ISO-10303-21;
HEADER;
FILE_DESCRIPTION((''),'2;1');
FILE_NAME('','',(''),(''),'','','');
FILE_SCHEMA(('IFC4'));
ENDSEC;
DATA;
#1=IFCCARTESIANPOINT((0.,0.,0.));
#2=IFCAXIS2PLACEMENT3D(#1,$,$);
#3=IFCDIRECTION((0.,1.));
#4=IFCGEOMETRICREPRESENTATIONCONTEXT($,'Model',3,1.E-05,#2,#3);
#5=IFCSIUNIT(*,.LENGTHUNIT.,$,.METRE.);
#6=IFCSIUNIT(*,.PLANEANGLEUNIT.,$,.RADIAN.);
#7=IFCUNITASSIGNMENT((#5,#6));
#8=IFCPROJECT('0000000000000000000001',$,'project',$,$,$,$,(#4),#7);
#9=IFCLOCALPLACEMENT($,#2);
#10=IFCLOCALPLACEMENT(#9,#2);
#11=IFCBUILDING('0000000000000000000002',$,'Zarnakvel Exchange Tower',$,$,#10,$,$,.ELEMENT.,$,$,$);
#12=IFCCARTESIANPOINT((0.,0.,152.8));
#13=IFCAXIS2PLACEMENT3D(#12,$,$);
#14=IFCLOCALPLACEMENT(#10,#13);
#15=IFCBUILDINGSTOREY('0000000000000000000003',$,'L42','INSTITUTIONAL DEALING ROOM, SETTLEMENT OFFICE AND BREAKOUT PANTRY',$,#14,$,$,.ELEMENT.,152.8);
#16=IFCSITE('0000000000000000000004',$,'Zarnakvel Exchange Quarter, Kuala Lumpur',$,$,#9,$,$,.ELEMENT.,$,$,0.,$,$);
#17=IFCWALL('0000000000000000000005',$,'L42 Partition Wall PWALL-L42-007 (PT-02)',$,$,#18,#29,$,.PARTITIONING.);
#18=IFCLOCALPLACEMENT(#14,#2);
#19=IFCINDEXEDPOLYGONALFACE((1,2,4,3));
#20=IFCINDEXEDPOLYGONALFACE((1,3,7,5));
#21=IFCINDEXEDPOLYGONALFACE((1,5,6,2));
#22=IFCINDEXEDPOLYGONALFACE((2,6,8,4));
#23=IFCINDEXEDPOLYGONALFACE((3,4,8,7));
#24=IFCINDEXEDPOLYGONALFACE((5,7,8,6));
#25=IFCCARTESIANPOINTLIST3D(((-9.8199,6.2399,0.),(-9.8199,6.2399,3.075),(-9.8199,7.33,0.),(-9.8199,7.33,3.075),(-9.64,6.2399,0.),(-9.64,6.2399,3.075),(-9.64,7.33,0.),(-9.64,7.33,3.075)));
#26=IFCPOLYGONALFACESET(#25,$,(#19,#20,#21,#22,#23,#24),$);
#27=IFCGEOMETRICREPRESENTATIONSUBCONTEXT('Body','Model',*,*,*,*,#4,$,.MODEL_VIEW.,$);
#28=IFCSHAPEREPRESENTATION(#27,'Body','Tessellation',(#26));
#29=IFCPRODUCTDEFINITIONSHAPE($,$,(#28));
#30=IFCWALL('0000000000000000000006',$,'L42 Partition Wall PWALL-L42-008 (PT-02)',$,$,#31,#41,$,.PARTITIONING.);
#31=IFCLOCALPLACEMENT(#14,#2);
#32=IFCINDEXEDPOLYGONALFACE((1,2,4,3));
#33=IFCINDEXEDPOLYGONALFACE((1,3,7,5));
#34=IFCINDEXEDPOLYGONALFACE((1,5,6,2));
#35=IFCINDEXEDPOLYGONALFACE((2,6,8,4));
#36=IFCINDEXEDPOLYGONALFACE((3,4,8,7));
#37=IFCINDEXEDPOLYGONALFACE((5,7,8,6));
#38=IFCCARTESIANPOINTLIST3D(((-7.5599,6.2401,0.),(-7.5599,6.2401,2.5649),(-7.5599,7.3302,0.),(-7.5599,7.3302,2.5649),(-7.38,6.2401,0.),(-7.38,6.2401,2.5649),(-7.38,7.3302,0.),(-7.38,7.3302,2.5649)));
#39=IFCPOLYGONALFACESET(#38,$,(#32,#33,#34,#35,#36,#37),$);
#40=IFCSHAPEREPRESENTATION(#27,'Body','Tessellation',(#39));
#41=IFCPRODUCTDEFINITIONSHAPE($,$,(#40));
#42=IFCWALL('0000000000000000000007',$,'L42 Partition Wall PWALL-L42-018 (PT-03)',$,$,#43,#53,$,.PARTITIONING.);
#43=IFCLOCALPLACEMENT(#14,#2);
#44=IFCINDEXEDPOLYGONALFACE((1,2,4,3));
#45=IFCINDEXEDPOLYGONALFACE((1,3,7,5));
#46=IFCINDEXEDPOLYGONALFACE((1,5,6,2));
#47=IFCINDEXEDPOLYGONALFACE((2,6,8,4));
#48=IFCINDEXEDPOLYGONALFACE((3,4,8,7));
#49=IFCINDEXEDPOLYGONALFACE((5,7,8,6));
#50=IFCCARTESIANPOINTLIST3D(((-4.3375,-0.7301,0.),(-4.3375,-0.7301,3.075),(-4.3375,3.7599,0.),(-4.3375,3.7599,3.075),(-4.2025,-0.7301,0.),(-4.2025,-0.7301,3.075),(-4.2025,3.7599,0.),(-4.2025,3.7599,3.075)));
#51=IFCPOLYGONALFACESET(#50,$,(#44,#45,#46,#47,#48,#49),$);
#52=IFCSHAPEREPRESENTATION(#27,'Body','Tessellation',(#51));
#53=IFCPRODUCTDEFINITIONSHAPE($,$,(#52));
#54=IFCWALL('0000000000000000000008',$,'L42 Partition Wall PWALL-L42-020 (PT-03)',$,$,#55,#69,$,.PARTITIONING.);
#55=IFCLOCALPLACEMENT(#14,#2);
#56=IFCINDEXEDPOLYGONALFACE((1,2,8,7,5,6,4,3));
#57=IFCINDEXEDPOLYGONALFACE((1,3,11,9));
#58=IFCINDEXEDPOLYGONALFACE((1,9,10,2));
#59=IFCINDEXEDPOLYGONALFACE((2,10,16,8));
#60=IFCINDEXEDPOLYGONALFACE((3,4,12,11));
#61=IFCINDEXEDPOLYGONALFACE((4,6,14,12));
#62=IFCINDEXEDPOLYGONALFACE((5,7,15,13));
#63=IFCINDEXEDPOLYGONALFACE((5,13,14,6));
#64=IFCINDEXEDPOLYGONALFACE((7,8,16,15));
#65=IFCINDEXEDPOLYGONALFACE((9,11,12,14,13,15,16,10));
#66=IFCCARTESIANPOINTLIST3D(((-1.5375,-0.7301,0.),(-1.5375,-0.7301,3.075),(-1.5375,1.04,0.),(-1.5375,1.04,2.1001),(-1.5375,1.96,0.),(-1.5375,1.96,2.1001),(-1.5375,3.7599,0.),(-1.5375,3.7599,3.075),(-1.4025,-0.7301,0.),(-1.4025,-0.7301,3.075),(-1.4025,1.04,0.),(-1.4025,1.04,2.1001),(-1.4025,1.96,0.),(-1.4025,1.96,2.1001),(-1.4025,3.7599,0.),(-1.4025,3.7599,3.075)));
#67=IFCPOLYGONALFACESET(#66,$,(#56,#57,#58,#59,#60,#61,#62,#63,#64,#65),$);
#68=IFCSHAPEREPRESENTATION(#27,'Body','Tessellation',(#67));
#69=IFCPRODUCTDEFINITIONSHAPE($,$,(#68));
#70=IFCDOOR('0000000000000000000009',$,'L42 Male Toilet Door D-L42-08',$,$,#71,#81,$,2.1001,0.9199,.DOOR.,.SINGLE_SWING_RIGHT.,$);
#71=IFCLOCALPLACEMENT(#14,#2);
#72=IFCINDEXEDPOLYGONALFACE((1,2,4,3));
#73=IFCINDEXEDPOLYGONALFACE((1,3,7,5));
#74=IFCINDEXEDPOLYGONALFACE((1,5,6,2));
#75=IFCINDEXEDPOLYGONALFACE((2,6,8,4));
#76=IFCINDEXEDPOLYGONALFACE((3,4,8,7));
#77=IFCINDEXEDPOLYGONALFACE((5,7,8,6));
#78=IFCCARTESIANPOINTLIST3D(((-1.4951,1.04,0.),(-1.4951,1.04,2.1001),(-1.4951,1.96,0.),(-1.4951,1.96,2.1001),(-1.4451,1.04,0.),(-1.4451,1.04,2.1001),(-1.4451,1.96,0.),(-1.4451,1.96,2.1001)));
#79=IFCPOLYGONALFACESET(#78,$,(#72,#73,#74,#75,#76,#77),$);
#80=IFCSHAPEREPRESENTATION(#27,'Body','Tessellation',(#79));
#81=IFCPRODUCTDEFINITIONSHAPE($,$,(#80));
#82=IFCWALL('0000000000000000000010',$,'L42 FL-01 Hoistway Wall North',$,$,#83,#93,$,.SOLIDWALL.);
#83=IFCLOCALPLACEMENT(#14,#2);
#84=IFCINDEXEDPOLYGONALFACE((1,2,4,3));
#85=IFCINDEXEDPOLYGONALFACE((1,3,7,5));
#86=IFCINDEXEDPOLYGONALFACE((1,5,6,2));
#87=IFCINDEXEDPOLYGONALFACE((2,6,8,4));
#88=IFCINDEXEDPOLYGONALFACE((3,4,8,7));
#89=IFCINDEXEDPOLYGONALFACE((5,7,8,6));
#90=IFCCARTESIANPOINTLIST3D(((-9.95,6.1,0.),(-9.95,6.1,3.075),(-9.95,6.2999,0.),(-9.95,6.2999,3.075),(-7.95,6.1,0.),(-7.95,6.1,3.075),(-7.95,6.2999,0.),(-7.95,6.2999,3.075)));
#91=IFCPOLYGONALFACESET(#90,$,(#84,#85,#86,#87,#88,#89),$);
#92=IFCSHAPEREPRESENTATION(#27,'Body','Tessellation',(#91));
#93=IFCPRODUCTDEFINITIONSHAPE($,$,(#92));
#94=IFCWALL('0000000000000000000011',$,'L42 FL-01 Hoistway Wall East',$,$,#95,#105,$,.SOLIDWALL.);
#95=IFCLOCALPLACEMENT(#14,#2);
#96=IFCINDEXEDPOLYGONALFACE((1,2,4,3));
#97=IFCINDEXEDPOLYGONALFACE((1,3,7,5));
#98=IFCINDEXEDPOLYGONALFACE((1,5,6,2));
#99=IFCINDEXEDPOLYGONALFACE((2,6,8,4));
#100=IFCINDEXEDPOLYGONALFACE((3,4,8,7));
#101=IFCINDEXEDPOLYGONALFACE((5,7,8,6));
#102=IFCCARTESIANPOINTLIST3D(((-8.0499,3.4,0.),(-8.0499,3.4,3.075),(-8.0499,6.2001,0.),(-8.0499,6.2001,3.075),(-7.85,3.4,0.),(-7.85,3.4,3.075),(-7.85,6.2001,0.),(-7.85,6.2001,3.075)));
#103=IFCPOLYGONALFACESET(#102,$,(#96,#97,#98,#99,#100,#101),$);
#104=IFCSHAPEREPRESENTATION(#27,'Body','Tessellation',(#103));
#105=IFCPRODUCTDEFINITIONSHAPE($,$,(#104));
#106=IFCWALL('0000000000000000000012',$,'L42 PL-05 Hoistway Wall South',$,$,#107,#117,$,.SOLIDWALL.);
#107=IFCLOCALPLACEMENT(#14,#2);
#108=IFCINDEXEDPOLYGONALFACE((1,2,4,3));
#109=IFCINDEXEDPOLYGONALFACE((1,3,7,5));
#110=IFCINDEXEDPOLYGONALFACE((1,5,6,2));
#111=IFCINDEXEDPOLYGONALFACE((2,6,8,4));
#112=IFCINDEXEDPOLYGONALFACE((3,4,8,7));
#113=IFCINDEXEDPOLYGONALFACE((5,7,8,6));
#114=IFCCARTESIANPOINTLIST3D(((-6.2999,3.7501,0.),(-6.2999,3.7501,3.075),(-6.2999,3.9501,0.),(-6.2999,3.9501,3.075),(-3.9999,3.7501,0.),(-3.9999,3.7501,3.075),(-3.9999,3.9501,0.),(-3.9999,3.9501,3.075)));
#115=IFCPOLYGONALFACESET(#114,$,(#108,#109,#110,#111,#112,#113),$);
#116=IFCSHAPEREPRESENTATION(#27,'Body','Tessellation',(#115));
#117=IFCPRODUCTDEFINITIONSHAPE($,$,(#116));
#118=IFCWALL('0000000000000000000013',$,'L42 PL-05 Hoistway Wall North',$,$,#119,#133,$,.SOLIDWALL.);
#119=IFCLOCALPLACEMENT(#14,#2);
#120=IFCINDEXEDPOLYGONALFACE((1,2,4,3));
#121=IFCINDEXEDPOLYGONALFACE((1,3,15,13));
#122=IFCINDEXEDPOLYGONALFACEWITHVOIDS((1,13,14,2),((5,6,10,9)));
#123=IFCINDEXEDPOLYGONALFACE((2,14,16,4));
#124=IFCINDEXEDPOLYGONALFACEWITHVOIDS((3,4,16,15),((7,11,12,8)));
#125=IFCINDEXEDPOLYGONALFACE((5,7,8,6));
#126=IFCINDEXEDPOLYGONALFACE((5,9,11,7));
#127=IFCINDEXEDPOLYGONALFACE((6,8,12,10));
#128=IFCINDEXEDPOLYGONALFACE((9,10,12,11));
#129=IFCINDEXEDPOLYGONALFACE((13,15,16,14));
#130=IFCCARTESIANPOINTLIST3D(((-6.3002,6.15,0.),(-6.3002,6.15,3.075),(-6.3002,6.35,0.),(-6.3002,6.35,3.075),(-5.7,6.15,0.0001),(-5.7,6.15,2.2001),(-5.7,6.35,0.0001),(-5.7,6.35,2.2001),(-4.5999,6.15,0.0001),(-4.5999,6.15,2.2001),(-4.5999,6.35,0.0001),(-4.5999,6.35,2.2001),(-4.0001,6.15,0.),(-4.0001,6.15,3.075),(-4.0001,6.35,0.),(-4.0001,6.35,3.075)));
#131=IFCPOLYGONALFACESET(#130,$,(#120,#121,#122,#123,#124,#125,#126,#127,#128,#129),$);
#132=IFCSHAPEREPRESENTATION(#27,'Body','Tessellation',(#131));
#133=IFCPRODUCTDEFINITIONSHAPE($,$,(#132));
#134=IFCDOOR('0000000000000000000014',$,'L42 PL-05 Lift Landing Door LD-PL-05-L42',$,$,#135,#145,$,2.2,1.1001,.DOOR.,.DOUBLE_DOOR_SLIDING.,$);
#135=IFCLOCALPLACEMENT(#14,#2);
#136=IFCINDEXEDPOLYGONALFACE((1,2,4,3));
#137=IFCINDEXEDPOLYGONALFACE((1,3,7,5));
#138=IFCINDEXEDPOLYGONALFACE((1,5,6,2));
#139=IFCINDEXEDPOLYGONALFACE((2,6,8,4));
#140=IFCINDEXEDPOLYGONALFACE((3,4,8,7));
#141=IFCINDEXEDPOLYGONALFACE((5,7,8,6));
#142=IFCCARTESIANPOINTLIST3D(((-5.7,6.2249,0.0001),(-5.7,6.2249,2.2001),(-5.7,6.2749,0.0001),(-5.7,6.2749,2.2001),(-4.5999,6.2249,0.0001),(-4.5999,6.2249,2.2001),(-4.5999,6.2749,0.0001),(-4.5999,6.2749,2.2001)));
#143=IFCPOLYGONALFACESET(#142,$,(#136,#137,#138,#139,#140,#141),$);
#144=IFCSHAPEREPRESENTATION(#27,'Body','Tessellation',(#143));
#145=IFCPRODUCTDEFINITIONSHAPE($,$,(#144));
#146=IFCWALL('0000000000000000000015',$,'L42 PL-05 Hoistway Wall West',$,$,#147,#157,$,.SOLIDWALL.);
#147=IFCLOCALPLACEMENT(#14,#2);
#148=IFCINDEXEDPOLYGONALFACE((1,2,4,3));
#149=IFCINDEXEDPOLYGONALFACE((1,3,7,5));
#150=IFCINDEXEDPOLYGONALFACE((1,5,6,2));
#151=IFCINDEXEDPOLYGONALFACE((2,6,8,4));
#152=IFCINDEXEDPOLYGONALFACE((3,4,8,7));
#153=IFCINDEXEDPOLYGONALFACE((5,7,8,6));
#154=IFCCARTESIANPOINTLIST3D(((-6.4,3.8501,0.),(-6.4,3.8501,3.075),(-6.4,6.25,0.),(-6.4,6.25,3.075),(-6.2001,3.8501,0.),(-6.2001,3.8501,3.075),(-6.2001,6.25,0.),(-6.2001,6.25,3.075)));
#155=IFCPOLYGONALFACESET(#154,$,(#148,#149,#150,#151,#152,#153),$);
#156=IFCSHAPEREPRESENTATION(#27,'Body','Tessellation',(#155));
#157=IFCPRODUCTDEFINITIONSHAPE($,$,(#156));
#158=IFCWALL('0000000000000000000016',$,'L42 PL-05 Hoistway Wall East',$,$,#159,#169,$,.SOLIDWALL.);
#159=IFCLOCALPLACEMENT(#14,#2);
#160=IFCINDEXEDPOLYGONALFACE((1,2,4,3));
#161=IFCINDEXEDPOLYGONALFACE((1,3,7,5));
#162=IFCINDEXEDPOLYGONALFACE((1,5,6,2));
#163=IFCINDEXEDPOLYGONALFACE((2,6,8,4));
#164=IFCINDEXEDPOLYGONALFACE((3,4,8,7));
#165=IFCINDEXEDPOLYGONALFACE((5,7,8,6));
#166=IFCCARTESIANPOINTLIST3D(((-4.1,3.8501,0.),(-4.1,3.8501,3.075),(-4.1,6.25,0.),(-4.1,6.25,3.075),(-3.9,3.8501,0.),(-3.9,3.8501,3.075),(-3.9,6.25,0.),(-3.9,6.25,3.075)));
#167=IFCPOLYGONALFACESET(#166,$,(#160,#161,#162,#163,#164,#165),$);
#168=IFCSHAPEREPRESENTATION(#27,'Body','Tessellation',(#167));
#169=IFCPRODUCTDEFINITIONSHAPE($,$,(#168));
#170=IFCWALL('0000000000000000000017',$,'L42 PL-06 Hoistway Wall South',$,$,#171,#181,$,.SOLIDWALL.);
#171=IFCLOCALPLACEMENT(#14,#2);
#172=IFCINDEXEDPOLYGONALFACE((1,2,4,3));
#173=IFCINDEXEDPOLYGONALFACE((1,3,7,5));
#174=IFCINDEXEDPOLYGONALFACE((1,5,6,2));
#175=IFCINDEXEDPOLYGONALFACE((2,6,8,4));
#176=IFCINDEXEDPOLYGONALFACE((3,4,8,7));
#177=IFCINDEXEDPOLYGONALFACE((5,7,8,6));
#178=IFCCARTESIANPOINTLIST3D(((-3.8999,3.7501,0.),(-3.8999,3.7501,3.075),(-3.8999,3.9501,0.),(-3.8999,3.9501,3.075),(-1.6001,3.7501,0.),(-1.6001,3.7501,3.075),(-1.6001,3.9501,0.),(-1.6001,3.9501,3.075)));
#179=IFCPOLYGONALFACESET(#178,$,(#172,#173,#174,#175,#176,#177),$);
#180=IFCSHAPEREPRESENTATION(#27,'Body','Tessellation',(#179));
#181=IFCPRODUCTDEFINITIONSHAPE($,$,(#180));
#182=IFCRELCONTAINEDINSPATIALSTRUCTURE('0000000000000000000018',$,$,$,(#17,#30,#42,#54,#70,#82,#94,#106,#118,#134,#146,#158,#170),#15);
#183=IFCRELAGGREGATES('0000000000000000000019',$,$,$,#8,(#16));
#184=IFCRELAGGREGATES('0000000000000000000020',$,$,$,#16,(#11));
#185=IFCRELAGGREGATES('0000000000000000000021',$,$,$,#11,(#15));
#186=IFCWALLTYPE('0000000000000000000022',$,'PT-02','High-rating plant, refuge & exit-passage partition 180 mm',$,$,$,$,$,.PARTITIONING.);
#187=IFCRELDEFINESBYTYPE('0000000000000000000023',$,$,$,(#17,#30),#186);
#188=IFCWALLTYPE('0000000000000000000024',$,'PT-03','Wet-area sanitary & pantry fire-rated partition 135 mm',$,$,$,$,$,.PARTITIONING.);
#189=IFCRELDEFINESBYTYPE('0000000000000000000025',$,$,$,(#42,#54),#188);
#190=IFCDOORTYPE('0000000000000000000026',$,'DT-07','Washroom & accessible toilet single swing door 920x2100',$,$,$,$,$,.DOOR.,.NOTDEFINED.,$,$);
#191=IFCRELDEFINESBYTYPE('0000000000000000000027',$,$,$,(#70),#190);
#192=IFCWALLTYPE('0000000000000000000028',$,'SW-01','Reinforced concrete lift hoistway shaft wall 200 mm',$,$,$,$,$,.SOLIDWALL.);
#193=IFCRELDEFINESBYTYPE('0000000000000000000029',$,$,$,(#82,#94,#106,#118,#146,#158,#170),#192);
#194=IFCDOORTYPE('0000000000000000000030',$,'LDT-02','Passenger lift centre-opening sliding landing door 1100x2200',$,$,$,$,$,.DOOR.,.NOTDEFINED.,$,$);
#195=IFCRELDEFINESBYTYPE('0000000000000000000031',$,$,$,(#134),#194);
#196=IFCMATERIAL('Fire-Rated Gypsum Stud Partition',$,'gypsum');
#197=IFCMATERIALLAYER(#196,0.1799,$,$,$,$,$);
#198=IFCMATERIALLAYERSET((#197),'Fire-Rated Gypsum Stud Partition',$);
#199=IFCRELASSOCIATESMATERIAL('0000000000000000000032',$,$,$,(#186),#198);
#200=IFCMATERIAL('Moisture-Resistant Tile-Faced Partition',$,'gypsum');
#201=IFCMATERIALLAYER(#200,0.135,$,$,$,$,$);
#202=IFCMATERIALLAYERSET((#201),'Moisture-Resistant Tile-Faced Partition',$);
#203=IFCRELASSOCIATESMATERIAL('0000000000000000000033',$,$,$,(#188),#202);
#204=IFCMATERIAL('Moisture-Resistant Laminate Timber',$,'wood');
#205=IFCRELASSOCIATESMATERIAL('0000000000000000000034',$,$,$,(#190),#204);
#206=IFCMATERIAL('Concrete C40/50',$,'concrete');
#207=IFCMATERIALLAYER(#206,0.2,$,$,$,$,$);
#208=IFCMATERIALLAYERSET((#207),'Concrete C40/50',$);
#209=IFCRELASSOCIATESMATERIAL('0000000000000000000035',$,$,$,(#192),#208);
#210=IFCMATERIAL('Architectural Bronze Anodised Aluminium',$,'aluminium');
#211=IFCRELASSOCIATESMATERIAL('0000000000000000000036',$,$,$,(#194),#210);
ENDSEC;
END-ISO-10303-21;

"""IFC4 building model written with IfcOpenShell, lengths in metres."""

from ifc_helpers import new_model, si_unit, direction, frame, frame_2d, origin, place, context, subcontext, project, spatial, rectangle, extrude, source, transform, mapped, material, layer, layer_set, type_object, element, fill, save


model = new_model("IFC4")

# Units and contexts
model_context = context("Model", 3, precision=1e-05, world=origin(), true_north=direction((0.0, 1.0)))
body_context = subcontext(model_context, "Body", "Model", "MODEL_VIEW")
ifc_project = project(units=[si_unit("LENGTHUNIT", "METRE"), si_unit("PLANEANGLEUNIT", "RADIAN")], contexts=[model_context])

# Site, building, storey
site_placement = place(None, origin())
site = spatial("IfcSite", under=ifc_project, at=site_placement, Name="Zarnakvel Exchange Quarter, Kuala Lumpur", CompositionType="ELEMENT", RefElevation=0.0)
building_placement = place(site_placement, origin())
building = spatial("IfcBuilding", under=site, at=building_placement, Name="Zarnakvel Exchange Tower", CompositionType="ELEMENT")
storey_placement = place(building_placement, frame((0.0, 0.0, 152.8)))
storey = spatial("IfcBuildingStorey", under=building, at=storey_placement, Name="L42", Description="INSTITUTIONAL DEALING ROOM, SETTLEMENT OFFICE AND BREAKOUT PANTRY", CompositionType="ELEMENT", Elevation=152.8)

# Walls
ifc_material_1 = material(Name="Fire-Rated Gypsum Stud Partition", Category="gypsum")
ifc_layer_1 = layer(ifc_material_1, 0.1799)
ifc_layer_set_1 = layer_set([ifc_layer_1], Name="Fire-Rated Gypsum Stud Partition")
wall_type_1 = type_object("IfcWallType", Name="PT-02", Description="High-rating plant, refuge & exit-passage partition 180 mm", PredefinedType="PARTITIONING", material=ifc_layer_set_1)
wall_1_placement = place(storey_placement, frame((-9.73, 6.24, 0.0), z_axis=(0.0, 0.0, 1.0), x_axis=(0.0, 1.0, 0.0)))
element("IfcWall", 1, at=wall_1_placement, inside=storey, type_object=wall_type_1, Name="L42 Partition Wall PWALL-L42-007 (PT-02)", PredefinedType="PARTITIONING", context=body_context, shape_type="SweptSolid", body=[
    extrude(rectangle(XDim=1.0901, YDim=0.1799, at=frame_2d((0.5449, 0.0))), origin(), (0.0, 0.0, 1.0), 3.075),
])
wall_2_placement = place(storey_placement, frame((-7.47, 7.3301, 0.0), z_axis=(0.0, 0.0, 1.0), x_axis=(0.0, -1.0, 0.0)))
element("IfcWall", 2, at=wall_2_placement, inside=storey, type_object=wall_type_1, Name="L42 Partition Wall PWALL-L42-008 (PT-02)", PredefinedType="PARTITIONING", context=body_context, shape_type="SweptSolid", body=[
    extrude(rectangle(XDim=1.0901, YDim=0.1799, at=frame_2d((0.5449, 0.0))), origin(), (0.0, 0.0, 1.0), 2.5649),
])
ifc_material_2 = material(Name="Moisture-Resistant Tile-Faced Partition", Category="gypsum")
ifc_layer_2 = layer(ifc_material_2, 0.135)
ifc_layer_set_2 = layer_set([ifc_layer_2], Name="Moisture-Resistant Tile-Faced Partition")
wall_type_2 = type_object("IfcWallType", Name="PT-03", Description="Wet-area sanitary & pantry fire-rated partition 135 mm", PredefinedType="PARTITIONING", material=ifc_layer_set_2)
wall_3_placement = place(storey_placement, frame((-4.27, 3.76, 0.0), z_axis=(0.0, 0.0, 1.0), x_axis=(0.0, -1.0, 0.0)))
element("IfcWall", 3, at=wall_3_placement, inside=storey, type_object=wall_type_2, Name="L42 Partition Wall PWALL-L42-018 (PT-03)", PredefinedType="PARTITIONING", context=body_context, shape_type="SweptSolid", body=[
    extrude(rectangle(XDim=4.49, YDim=0.135, at=frame_2d((2.2451, 0.0))), origin(), (0.0, 0.0, 1.0), 3.075),
])

# Wall, opening, door
wall_4_placement = place(storey_placement, frame((-1.47, 3.76, 0.0), z_axis=(0.0, 0.0, 1.0), x_axis=(0.0, -1.0, 0.0)))
wall_4 = element("IfcWall", 4, at=wall_4_placement, inside=storey, type_object=wall_type_2, Name="L42 Partition Wall PWALL-L42-020 (PT-03)", PredefinedType="PARTITIONING", context=body_context, shape_type="SweptSolid", body=[
    extrude(rectangle(XDim=4.49, YDim=0.135, at=frame_2d((2.2451, 0.0))), origin(), (0.0, 0.0, 1.0), 3.075),
])
opening_1_placement = place(wall_4_placement, frame((1.8, 0.0, 0.0)))
opening_1 = element("IfcOpeningElement", 5, at=opening_1_placement, cuts=wall_4, PredefinedType="OPENING", context=body_context, shape_type="SweptSolid", body=[
    extrude(rectangle(XDim=0.9199, YDim=2.1001, at=frame_2d((0.46, 1.05))), frame((0.0, 0.0774, 0.0), z_axis=(0.0, -1.0, 0.0), x_axis=(1.0, 0.0, 0.0)), (0.0, 0.0, 1.0), 0.155),
])
ifc_material_3 = material(Name="Moisture-Resistant Laminate Timber", Category="wood")
door_type_1 = type_object("IfcDoorType", Name="DT-07", Description="Washroom & accessible toilet single swing door 920x2100", OperationType="NOTDEFINED", PredefinedType="DOOR", material=ifc_material_3)
shared_shape_1 = source(origin(), body_context, "Body", "SweptSolid", [
    extrude(rectangle(XDim=0.9199, YDim=2.1001, at=frame_2d((0.46, 1.05))), frame((0.0, 0.0249, 0.0), z_axis=(0.0, -1.0, 0.0), x_axis=(1.0, 0.0, 0.0)), (0.0, 0.0, 1.0), 0.05),
])
door_1_placement = place(opening_1_placement, origin())
door_1 = element("IfcDoor", 6, at=door_1_placement, inside=storey, type_object=door_type_1, Name="L42 Male Toilet Door D-L42-08", OperationType="SINGLE_SWING_RIGHT", OverallHeight=2.1001, OverallWidth=0.9199, PredefinedType="DOOR", context=body_context, shape_type="MappedRepresentation", body=[
    mapped(shared_shape_1, transform((0.0, 0.0, 0.0), x_axis=(1.0, 0.0, 0.0), y_axis=(0.0, 1.0, 0.0), z_axis=(0.0, 0.0, 1.0), scale=1.0)),
])
fill(opening_1, door_1)

# Walls
ifc_material_4 = material(Name="Concrete C40/50", Category="concrete")
ifc_layer_3 = layer(ifc_material_4, 0.2)
ifc_layer_set_3 = layer_set([ifc_layer_3], Name="Concrete C40/50")
wall_type_3 = type_object("IfcWallType", Name="SW-01", Description="Reinforced concrete lift hoistway shaft wall 200 mm", PredefinedType="SOLIDWALL", material=ifc_layer_set_3)
wall_5_placement = place(storey_placement, frame((-9.95, 6.2, 0.0), z_axis=(0.0, 0.0, 1.0), x_axis=(1.0, 0.0, 0.0)))
element("IfcWall", 7, at=wall_5_placement, inside=storey, type_object=wall_type_3, Name="L42 FL-01 Hoistway Wall North", PredefinedType="SOLIDWALL", context=body_context, shape_type="SweptSolid", body=[
    extrude(rectangle(XDim=2.0, YDim=0.2, at=frame_2d((1.0, 0.0))), origin(), (0.0, 0.0, 1.0), 3.075),
])
wall_6_placement = place(storey_placement, frame((-7.95, 6.2, 0.0), z_axis=(0.0, 0.0, 1.0), x_axis=(0.0, -1.0, 0.0)))
element("IfcWall", 8, at=wall_6_placement, inside=storey, type_object=wall_type_3, Name="L42 FL-01 Hoistway Wall East", PredefinedType="SOLIDWALL", context=body_context, shape_type="SweptSolid", body=[
    extrude(rectangle(XDim=2.8, YDim=0.2, at=frame_2d((1.3999, 0.0))), origin(), (0.0, 0.0, 1.0), 3.075),
])
wall_7_placement = place(storey_placement, frame((-4.0, 3.8501, 0.0), z_axis=(0.0, 0.0, 1.0), x_axis=(-1.0, 0.0, 0.0)))
element("IfcWall", 9, at=wall_7_placement, inside=storey, type_object=wall_type_3, Name="L42 PL-05 Hoistway Wall South", PredefinedType="SOLIDWALL", context=body_context, shape_type="SweptSolid", body=[
    extrude(rectangle(XDim=2.3, YDim=0.2, at=frame_2d((1.1499, 0.0))), origin(), (0.0, 0.0, 1.0), 3.075),
])

# Wall, opening, door
wall_8_placement = place(storey_placement, frame((-6.3, 6.25, 0.0), z_axis=(0.0, 0.0, 1.0), x_axis=(1.0, 0.0, 0.0)))
wall_8 = element("IfcWall", 10, at=wall_8_placement, inside=storey, type_object=wall_type_3, Name="L42 PL-05 Hoistway Wall North", PredefinedType="SOLIDWALL", context=body_context, shape_type="SweptSolid", body=[
    extrude(rectangle(XDim=2.3, YDim=0.2, at=frame_2d((1.1499, 0.0))), origin(), (0.0, 0.0, 1.0), 3.075),
])
opening_2_placement = place(wall_8_placement, frame((0.6001, 0.0, 0.0)))
opening_2 = element("IfcOpeningElement", 11, at=opening_2_placement, cuts=wall_8, PredefinedType="OPENING", context=body_context, shape_type="SweptSolid", body=[
    extrude(rectangle(XDim=1.1001, YDim=2.2, at=frame_2d((0.55, 1.1001))), frame((0.0, 0.1099, 0.0), z_axis=(0.0, -1.0, 0.0), x_axis=(1.0, 0.0, 0.0)), (0.0, 0.0, 1.0), 0.22),
])
ifc_material_5 = material(Name="Architectural Bronze Anodised Aluminium", Category="aluminium")
door_type_2 = type_object("IfcDoorType", Name="LDT-02", Description="Passenger lift centre-opening sliding landing door 1100x2200", OperationType="NOTDEFINED", PredefinedType="DOOR", material=ifc_material_5)
shared_shape_2 = source(origin(), body_context, "Body", "SweptSolid", [
    extrude(rectangle(XDim=1.1001, YDim=2.2, at=frame_2d((0.55, 1.1001))), frame((0.0, 0.0249, 0.0), z_axis=(0.0, -1.0, 0.0), x_axis=(1.0, 0.0, 0.0)), (0.0, 0.0, 1.0), 0.05),
])
door_2_placement = place(opening_2_placement, origin())
door_2 = element("IfcDoor", 12, at=door_2_placement, inside=storey, type_object=door_type_2, Name="L42 PL-05 Lift Landing Door LD-PL-05-L42", OperationType="DOUBLE_DOOR_SLIDING", OverallHeight=2.2, OverallWidth=1.1001, PredefinedType="DOOR", context=body_context, shape_type="MappedRepresentation", body=[
    mapped(shared_shape_2, transform((0.0, 0.0, 0.0), x_axis=(1.0, 0.0, 0.0), y_axis=(0.0, 1.0, 0.0), z_axis=(0.0, 0.0, 1.0), scale=1.0)),
])
fill(opening_2, door_2)

# Walls
for number, where, z_axis, x_axis, name in (
    (13, (-6.3, 3.8501, 0.0), (0.0, 0.0, 1.0), (0.0, 1.0, 0.0), "L42 PL-05 Hoistway Wall West"),
    (14, (-4.0, 6.25, 0.0), (0.0, 0.0, 1.0), (0.0, -1.0, 0.0), "L42 PL-05 Hoistway Wall East"),
):
    element("IfcWall", number, at=place(storey_placement, frame(where, z_axis=z_axis, x_axis=x_axis)), inside=storey, type_object=wall_type_3, Name=name, PredefinedType="SOLIDWALL", context=body_context, shape_type="SweptSolid", body=[
        extrude(rectangle(XDim=2.3999, YDim=0.2, at=frame_2d((1.2, 0.0))), origin(), (0.0, 0.0, 1.0), 3.075),
    ])
wall_9_placement = place(storey_placement, frame((-1.6001, 3.8501, 0.0), z_axis=(0.0, 0.0, 1.0), x_axis=(-1.0, 0.0, 0.0)))
element("IfcWall", 15, at=wall_9_placement, inside=storey, type_object=wall_type_3, Name="L42 PL-06 Hoistway Wall South", PredefinedType="SOLIDWALL", context=body_context, shape_type="SweptSolid", body=[
    extrude(rectangle(XDim=2.2998, YDim=0.2, at=frame_2d((1.1499, 0.0))), origin(), (0.0, 0.0, 1.0), 3.075),
])

save(model, "model.ifc")
